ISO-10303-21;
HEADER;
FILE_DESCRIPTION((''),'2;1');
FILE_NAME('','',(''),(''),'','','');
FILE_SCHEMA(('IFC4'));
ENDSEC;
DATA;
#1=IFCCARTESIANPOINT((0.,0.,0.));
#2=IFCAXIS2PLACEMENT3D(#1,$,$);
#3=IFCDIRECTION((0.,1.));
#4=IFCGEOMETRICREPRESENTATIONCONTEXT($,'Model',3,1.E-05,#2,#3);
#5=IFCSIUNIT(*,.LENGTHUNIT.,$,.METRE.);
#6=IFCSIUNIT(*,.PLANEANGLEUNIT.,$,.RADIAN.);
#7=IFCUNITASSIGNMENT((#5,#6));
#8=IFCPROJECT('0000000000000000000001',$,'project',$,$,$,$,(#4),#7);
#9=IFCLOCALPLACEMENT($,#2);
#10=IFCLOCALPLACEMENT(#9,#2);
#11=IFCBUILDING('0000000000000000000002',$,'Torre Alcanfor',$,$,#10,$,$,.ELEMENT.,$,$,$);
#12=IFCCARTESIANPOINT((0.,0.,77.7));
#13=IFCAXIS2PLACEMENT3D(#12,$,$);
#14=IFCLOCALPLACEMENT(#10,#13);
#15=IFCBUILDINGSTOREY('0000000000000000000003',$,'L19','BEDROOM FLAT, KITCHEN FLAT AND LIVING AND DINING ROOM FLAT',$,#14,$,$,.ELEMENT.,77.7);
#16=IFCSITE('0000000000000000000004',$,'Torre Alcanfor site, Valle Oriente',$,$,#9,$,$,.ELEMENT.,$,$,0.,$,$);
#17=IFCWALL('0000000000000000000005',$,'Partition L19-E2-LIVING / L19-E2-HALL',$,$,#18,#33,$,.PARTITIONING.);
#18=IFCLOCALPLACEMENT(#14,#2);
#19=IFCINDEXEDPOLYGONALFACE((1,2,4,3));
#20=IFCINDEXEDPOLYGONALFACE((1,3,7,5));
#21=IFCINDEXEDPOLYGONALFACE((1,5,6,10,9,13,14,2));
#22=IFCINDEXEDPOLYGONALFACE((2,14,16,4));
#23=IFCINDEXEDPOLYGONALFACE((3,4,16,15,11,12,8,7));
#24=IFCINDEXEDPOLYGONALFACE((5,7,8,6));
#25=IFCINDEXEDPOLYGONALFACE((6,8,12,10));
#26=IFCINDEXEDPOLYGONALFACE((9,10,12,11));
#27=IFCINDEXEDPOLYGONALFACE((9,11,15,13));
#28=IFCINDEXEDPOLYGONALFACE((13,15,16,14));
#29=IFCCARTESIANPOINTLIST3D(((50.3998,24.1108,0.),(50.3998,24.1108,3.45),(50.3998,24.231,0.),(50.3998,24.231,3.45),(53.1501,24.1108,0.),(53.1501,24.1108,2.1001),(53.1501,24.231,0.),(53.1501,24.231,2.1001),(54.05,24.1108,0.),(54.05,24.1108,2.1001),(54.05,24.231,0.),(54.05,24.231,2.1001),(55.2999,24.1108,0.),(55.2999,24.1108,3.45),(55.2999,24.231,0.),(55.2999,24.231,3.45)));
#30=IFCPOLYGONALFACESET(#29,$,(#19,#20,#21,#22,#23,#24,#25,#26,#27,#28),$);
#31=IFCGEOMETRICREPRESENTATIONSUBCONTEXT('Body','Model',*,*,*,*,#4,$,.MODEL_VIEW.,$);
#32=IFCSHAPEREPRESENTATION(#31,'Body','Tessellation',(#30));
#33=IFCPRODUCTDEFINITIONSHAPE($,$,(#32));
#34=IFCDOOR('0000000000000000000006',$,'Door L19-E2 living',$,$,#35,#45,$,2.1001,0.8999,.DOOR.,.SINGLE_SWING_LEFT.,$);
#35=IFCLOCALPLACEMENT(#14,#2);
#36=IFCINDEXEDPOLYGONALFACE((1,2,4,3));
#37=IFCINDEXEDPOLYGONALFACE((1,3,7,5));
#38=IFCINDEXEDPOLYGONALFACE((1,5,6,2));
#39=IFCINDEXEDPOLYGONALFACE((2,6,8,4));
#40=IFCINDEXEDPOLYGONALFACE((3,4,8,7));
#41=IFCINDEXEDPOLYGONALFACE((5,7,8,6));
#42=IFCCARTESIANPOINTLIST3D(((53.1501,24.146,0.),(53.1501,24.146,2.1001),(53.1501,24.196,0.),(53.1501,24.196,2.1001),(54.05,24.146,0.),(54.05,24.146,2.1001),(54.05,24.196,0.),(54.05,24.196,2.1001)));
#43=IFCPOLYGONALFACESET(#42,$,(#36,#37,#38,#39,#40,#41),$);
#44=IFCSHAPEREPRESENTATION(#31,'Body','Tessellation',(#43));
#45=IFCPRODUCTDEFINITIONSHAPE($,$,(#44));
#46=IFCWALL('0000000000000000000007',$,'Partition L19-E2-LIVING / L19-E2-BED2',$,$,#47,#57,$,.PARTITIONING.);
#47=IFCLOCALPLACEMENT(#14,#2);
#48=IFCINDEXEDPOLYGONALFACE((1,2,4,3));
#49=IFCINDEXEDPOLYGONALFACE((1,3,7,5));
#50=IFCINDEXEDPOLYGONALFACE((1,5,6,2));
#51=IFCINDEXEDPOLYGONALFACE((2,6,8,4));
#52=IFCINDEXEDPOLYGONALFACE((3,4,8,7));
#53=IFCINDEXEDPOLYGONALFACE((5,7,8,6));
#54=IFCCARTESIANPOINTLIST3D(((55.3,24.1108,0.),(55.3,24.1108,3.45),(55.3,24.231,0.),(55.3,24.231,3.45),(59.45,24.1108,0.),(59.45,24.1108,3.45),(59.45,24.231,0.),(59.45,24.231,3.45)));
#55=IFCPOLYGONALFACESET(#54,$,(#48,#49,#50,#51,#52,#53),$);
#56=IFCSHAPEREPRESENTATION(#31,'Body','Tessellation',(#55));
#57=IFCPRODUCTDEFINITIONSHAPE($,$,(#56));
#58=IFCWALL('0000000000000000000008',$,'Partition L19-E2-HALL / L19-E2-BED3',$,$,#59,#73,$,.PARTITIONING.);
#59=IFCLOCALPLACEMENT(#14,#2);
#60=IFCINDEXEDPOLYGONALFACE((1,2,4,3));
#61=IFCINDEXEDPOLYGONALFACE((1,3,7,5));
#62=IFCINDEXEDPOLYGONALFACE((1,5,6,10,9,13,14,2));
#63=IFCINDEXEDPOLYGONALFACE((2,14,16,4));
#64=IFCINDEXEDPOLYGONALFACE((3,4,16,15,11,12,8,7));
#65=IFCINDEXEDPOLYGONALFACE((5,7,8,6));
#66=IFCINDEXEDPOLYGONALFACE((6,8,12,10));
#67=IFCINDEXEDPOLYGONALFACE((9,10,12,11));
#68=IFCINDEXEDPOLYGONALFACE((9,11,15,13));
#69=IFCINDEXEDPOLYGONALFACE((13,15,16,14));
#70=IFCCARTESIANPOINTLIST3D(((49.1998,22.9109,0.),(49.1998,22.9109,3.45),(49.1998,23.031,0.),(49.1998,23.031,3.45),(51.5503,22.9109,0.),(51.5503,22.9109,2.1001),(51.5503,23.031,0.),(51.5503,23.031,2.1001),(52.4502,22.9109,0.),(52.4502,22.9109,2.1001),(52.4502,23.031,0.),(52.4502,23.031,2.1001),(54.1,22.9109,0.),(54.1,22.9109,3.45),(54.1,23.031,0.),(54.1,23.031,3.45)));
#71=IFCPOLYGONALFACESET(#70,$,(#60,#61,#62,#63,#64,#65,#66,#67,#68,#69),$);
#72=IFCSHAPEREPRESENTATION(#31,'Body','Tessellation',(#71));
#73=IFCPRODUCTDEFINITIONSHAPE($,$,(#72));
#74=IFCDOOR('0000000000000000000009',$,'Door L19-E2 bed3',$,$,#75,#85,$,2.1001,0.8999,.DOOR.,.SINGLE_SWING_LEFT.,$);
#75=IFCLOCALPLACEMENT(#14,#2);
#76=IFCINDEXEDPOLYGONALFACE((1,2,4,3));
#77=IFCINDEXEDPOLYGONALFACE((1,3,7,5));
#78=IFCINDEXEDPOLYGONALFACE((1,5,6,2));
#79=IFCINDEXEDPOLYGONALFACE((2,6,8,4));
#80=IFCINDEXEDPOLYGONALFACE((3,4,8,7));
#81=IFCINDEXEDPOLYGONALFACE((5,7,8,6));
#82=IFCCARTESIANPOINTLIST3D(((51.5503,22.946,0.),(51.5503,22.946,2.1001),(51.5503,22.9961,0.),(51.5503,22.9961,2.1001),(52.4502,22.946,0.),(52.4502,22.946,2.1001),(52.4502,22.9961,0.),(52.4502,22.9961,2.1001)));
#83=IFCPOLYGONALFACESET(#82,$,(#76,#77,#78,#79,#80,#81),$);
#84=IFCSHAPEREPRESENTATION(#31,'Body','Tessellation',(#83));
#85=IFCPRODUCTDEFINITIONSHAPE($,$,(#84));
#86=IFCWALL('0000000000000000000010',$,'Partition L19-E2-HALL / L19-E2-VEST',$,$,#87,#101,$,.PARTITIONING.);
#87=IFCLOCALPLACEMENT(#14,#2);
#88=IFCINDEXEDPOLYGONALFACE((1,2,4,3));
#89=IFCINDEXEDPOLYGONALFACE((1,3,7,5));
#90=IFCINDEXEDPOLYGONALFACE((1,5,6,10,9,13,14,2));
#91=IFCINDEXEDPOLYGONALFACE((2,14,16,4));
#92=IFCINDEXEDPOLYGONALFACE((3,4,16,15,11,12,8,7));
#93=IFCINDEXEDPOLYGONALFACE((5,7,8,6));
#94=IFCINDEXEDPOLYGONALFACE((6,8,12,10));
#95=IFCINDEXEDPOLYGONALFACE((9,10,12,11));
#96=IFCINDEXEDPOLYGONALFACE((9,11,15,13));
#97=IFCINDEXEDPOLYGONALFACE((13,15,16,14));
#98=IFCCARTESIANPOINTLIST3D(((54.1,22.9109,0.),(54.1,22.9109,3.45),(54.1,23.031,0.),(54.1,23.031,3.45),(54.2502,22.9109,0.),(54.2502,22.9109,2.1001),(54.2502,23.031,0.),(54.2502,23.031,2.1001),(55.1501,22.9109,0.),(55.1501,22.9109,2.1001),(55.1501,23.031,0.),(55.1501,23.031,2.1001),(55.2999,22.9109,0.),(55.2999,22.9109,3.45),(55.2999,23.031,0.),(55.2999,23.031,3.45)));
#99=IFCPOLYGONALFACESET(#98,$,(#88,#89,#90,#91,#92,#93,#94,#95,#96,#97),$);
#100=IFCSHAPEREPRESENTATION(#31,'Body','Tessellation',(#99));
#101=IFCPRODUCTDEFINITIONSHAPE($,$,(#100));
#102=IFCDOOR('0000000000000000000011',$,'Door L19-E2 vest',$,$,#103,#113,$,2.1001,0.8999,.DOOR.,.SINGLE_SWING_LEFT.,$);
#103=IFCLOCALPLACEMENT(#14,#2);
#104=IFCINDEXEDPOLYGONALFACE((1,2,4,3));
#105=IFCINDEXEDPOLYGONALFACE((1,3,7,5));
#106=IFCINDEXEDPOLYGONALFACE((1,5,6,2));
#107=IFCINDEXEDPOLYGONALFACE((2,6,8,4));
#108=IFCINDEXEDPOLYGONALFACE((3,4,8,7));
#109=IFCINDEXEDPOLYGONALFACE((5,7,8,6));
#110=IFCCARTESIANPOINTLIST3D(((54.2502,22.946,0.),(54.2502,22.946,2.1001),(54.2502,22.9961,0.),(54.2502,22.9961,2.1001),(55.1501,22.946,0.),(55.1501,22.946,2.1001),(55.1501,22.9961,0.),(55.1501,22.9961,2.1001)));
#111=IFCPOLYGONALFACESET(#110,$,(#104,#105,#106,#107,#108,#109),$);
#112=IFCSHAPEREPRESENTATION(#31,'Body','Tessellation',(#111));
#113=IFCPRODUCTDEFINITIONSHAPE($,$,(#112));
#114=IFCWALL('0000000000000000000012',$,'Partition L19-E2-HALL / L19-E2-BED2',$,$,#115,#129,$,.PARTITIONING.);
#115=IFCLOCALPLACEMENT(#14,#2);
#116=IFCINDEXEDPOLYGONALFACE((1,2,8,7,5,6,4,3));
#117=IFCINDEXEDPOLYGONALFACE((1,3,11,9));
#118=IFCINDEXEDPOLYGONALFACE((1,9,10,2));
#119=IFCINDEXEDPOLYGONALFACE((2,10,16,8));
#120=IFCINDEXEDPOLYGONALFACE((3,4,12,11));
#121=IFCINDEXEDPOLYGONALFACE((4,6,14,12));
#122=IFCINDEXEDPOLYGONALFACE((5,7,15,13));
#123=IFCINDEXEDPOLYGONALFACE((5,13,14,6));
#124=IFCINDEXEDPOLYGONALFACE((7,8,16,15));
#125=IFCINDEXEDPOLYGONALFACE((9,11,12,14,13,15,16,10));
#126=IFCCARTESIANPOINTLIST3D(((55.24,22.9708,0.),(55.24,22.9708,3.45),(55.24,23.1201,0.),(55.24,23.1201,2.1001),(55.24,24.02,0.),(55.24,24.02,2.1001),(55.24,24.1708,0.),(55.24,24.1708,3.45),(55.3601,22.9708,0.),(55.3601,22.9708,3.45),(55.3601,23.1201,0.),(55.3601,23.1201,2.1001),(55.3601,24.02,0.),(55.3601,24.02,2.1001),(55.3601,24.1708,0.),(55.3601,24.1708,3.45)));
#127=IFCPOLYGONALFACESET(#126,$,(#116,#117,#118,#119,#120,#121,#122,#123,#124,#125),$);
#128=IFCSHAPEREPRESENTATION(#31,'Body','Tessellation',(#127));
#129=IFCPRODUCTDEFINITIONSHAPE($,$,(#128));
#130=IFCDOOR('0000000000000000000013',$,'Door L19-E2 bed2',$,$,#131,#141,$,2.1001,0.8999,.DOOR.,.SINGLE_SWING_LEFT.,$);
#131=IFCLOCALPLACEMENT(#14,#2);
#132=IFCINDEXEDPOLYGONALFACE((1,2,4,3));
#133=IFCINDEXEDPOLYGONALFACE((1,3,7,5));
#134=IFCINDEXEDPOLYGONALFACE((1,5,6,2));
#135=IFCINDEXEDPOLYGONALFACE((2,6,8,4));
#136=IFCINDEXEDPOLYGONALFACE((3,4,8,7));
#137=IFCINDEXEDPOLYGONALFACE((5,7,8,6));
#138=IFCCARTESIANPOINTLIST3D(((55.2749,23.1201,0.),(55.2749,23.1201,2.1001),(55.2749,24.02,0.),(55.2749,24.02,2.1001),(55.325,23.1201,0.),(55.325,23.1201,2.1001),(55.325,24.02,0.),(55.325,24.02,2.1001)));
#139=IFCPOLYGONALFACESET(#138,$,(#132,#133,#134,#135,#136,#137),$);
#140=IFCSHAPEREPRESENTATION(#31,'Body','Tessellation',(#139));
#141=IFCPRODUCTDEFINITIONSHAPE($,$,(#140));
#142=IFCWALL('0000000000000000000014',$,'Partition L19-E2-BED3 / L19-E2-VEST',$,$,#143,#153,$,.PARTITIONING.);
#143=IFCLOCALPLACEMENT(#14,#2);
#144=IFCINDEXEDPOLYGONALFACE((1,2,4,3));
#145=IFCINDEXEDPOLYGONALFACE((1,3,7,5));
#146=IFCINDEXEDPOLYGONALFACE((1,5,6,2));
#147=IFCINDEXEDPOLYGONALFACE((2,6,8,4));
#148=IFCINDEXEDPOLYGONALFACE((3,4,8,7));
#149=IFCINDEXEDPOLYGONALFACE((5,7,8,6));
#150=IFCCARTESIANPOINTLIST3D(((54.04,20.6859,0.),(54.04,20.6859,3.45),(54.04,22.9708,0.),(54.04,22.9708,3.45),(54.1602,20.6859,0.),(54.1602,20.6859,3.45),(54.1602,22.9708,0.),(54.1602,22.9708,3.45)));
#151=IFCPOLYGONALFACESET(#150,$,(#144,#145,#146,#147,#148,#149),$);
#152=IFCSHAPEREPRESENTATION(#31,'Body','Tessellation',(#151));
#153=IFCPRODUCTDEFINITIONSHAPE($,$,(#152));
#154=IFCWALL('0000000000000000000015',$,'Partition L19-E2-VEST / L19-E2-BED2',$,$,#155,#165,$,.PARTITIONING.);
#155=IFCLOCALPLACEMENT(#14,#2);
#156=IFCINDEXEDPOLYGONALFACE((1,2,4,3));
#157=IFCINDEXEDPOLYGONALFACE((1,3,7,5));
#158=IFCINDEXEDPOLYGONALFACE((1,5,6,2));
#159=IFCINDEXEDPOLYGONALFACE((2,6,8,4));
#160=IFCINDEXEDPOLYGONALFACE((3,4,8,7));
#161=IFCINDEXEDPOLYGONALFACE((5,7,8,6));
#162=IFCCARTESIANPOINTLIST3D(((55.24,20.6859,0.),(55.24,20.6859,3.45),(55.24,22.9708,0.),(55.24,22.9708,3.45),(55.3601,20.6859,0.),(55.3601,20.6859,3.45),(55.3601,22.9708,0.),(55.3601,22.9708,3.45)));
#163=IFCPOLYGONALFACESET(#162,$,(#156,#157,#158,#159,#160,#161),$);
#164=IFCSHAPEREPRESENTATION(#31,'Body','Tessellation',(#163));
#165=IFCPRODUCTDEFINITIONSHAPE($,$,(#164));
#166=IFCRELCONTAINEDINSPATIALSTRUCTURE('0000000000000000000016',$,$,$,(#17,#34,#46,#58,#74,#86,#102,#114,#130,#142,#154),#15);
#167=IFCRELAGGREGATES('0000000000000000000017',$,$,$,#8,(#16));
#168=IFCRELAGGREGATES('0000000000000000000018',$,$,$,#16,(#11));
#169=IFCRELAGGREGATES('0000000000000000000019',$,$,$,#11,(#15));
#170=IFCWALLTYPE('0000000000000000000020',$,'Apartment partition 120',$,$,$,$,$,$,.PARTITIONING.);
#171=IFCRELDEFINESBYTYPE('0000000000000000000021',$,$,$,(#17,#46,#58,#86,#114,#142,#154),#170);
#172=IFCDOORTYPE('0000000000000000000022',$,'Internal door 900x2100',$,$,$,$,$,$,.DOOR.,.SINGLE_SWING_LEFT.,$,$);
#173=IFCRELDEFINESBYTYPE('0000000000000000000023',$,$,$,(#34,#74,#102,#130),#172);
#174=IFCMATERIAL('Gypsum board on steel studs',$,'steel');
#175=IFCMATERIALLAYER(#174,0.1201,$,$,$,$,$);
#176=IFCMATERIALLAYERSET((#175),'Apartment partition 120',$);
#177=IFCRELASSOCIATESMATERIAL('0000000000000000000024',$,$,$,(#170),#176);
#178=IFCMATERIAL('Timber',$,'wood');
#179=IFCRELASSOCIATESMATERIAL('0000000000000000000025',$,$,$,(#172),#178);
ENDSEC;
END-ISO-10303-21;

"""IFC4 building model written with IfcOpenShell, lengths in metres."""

from ifc_helpers import new_model, si_unit, direction, frame, frame_2d, origin, place, context, subcontext, project, spatial, rectangle, extrude, material, layer, layer_set, type_object, element, fill, save


model = new_model("IFC4")

# Units and contexts
model_context = context("Model", 3, precision=1e-05, world=origin(), true_north=direction((0.0, 1.0)))
body_context = subcontext(model_context, "Body", "Model", "MODEL_VIEW")
ifc_project = project(units=[si_unit("LENGTHUNIT", "METRE"), si_unit("PLANEANGLEUNIT", "RADIAN")], contexts=[model_context])

# Site, building, storey
site_placement = place(None, origin())
site = spatial("IfcSite", under=ifc_project, at=site_placement, Name="Torre Alcanfor site, Valle Oriente", CompositionType="ELEMENT", RefElevation=0.0)
building_placement = place(site_placement, origin())
building = spatial("IfcBuilding", under=site, at=building_placement, Name="Torre Alcanfor", CompositionType="ELEMENT")
storey_placement = place(building_placement, frame((0.0, 0.0, 77.7)))
storey = spatial("IfcBuildingStorey", under=building, at=storey_placement, Name="L19", Description="BEDROOM FLAT, KITCHEN FLAT AND LIVING AND DINING ROOM FLAT", CompositionType="ELEMENT", Elevation=77.7)

# Wall, opening, door
ifc_material_1 = material(Name="Gypsum board on steel studs", Category="steel")
ifc_layer_1 = layer(ifc_material_1, 0.1201)
ifc_layer_set_1 = layer_set([ifc_layer_1], Name="Apartment partition 120")
wall_type = type_object("IfcWallType", Name="Apartment partition 120", PredefinedType="PARTITIONING", material=ifc_layer_set_1)
wall_1_placement = place(storey_placement, frame((55.3, 24.1709, 0.0), z_axis=(0.0, 0.0, 1.0), x_axis=(-1.0, 0.0, 0.0)))
wall_1 = element("IfcWall", 1, at=wall_1_placement, inside=storey, type_object=wall_type, Name="Partition L19-E2-LIVING / L19-E2-HALL", PredefinedType="PARTITIONING", context=body_context, shape_type="SweptSolid", body=[
    extrude(rectangle(XDim=4.9001, YDim=0.1201, at=frame_2d((2.4502, 0.0))), origin(), (0.0, 0.0, 1.0), 3.45),
])
opening_1_placement = place(wall_1_placement, frame((1.25, 0.0, 0.0)))
opening_1 = element("IfcOpeningElement", 2, at=opening_1_placement, cuts=wall_1, PredefinedType="OPENING", context=body_context, shape_type="SweptSolid", body=[
    extrude(rectangle(XDim=0.8999, YDim=2.1001, at=frame_2d((0.45, 1.05))), frame((0.0, 0.0701, 0.0), z_axis=(0.0, -1.0, 0.0), x_axis=(1.0, 0.0, 0.0)), (0.0, 0.0, 1.0), 0.1401),
])
ifc_material_2 = material(Name="Timber", Category="wood")
door_type = type_object("IfcDoorType", Name="Internal door 900x2100", OperationType="SINGLE_SWING_LEFT", PredefinedType="DOOR", material=ifc_material_2)
door_1_placement = place(opening_1_placement, frame((0.8999, 0.0, 0.0), z_axis=(0.0, 0.0, 1.0), x_axis=(-1.0, 0.0, 0.0)))
door_1 = element("IfcDoor", 3, at=door_1_placement, inside=storey, type_object=door_type, Name="Door L19-E2 living", OperationType="SINGLE_SWING_LEFT", OverallHeight=2.1001, OverallWidth=0.8999, PredefinedType="DOOR", context=body_context, shape_type="SweptSolid", body=[
    extrude(rectangle(XDim=0.8999, YDim=2.1001, at=frame_2d((0.45, 1.05))), frame((0.0, 0.0251, 0.0), z_axis=(0.0, -1.0, 0.0), x_axis=(1.0, 0.0, 0.0)), (0.0, 0.0, 1.0), 0.05),
])
fill(opening_1, door_1)

# Wall
wall_2_placement = place(storey_placement, frame((59.45, 24.1709, 0.0), z_axis=(0.0, 0.0, 1.0), x_axis=(-1.0, 0.0, 0.0)))
element("IfcWall", 4, at=wall_2_placement, inside=storey, type_object=wall_type, Name="Partition L19-E2-LIVING / L19-E2-BED2", PredefinedType="PARTITIONING", context=body_context, shape_type="SweptSolid", body=[
    extrude(rectangle(XDim=4.1499, YDim=0.1201, at=frame_2d((2.075, 0.0))), origin(), (0.0, 0.0, 1.0), 3.45),
])

# Walls, openings, doors
wall_3_placement = place(storey_placement, frame((54.1001, 22.9709, 0.0), z_axis=(0.0, 0.0, 1.0), x_axis=(-1.0, 0.0, 0.0)))
wall_3 = element("IfcWall", 5, at=wall_3_placement, inside=storey, type_object=wall_type, Name="Partition L19-E2-HALL / L19-E2-BED3", PredefinedType="PARTITIONING", context=body_context, shape_type="SweptSolid", body=[
    extrude(rectangle(XDim=4.9001, YDim=0.1201, at=frame_2d((2.4502, 0.0))), origin(), (0.0, 0.0, 1.0), 3.45),
])
opening_2_placement = place(wall_3_placement, frame((1.6499, 0.0, 0.0)))
opening_2 = element("IfcOpeningElement", 6, at=opening_2_placement, cuts=wall_3, PredefinedType="OPENING", context=body_context, shape_type="SweptSolid", body=[
    extrude(rectangle(XDim=0.8999, YDim=2.1001, at=frame_2d((0.45, 1.05))), frame((0.0, 0.0701, 0.0), z_axis=(0.0, -1.0, 0.0), x_axis=(1.0, 0.0, 0.0)), (0.0, 0.0, 1.0), 0.1401),
])
door_2_placement = place(opening_2_placement, origin())
door_2 = element("IfcDoor", 7, at=door_2_placement, inside=storey, type_object=door_type, Name="Door L19-E2 bed3", OperationType="SINGLE_SWING_LEFT", OverallHeight=2.1001, OverallWidth=0.8999, PredefinedType="DOOR", context=body_context, shape_type="SweptSolid", body=[
    extrude(rectangle(XDim=0.8999, YDim=2.1001, at=frame_2d((0.45, 1.05))), frame((0.0, 0.0249, 0.0), z_axis=(0.0, -1.0, 0.0), x_axis=(1.0, 0.0, 0.0)), (0.0, 0.0, 1.0), 0.05),
])
fill(opening_2, door_2)
wall_4_placement = place(storey_placement, frame((55.3, 22.9709, 0.0), z_axis=(0.0, 0.0, 1.0), x_axis=(-1.0, 0.0, 0.0)))
wall_4 = element("IfcWall", 8, at=wall_4_placement, inside=storey, type_object=wall_type, Name="Partition L19-E2-HALL / L19-E2-VEST", PredefinedType="PARTITIONING", context=body_context, shape_type="SweptSolid", body=[
    extrude(rectangle(XDim=1.2, YDim=0.1201, at=frame_2d((0.6001, 0.0))), origin(), (0.0, 0.0, 1.0), 3.45),
])
opening_3_placement = place(wall_4_placement, frame((0.1499, 0.0, 0.0)))
opening_3 = element("IfcOpeningElement", 9, at=opening_3_placement, cuts=wall_4, PredefinedType="OPENING", context=body_context, shape_type="SweptSolid", body=[
    extrude(rectangle(XDim=0.8999, YDim=2.1001, at=frame_2d((0.45, 1.05))), frame((0.0, 0.0701, 0.0), z_axis=(0.0, -1.0, 0.0), x_axis=(1.0, 0.0, 0.0)), (0.0, 0.0, 1.0), 0.1401),
])
door_3_placement = place(opening_3_placement, origin())
door_3 = element("IfcDoor", 10, at=door_3_placement, inside=storey, type_object=door_type, Name="Door L19-E2 vest", OperationType="SINGLE_SWING_LEFT", OverallHeight=2.1001, OverallWidth=0.8999, PredefinedType="DOOR", context=body_context, shape_type="SweptSolid", body=[
    extrude(rectangle(XDim=0.8999, YDim=2.1001, at=frame_2d((0.45, 1.05))), frame((0.0, 0.0249, 0.0), z_axis=(0.0, -1.0, 0.0), x_axis=(1.0, 0.0, 0.0)), (0.0, 0.0, 1.0), 0.05),
])
fill(opening_3, door_3)
wall_5_placement = place(storey_placement, frame((55.3, 24.1709, 0.0), z_axis=(0.0, 0.0, 1.0), x_axis=(0.0, -1.0, 0.0)))
wall_5 = element("IfcWall", 11, at=wall_5_placement, inside=storey, type_object=wall_type, Name="Partition L19-E2-HALL / L19-E2-BED2", PredefinedType="PARTITIONING", context=body_context, shape_type="SweptSolid", body=[
    extrude(rectangle(XDim=1.2, YDim=0.1201, at=frame_2d((0.6001, 0.0))), origin(), (0.0, 0.0, 1.0), 3.45),
])
opening_4_placement = place(wall_5_placement, frame((0.1509, 0.0, 0.0)))
opening_4 = element("IfcOpeningElement", 12, at=opening_4_placement, cuts=wall_5, PredefinedType="OPENING", context=body_context, shape_type="SweptSolid", body=[
    extrude(rectangle(XDim=0.8999, YDim=2.1001, at=frame_2d((0.45, 1.05))), frame((0.0, 0.0701, 0.0), z_axis=(0.0, -1.0, 0.0), x_axis=(1.0, 0.0, 0.0)), (0.0, 0.0, 1.0), 0.1401),
])
door_4_placement = place(opening_4_placement, origin())
door_4 = element("IfcDoor", 13, at=door_4_placement, inside=storey, type_object=door_type, Name="Door L19-E2 bed2", OperationType="SINGLE_SWING_LEFT", OverallHeight=2.1001, OverallWidth=0.8999, PredefinedType="DOOR", context=body_context, shape_type="SweptSolid", body=[
    extrude(rectangle(XDim=0.8999, YDim=2.1001, at=frame_2d((0.45, 1.05))), frame((0.0, 0.0249, 0.0), z_axis=(0.0, -1.0, 0.0), x_axis=(1.0, 0.0, 0.0)), (0.0, 0.0, 1.0), 0.05),
])
fill(opening_4, door_4)

# Walls
for number, where, z_axis, x_axis, name in (
    (14, (54.1001, 22.9709, 0.0), (0.0, 0.0, 1.0), (0.0, -1.0, 0.0), "Partition L19-E2-BED3 / L19-E2-VEST"),
    (15, (55.3, 22.9709, 0.0), (0.0, 0.0, 1.0), (0.0, -1.0, 0.0), "Partition L19-E2-VEST / L19-E2-BED2"),
):
    element("IfcWall", number, at=place(storey_placement, frame(where, z_axis=z_axis, x_axis=x_axis)), inside=storey, type_object=wall_type, Name=name, PredefinedType="PARTITIONING", context=body_context, shape_type="SweptSolid", body=[
        extrude(rectangle(XDim=2.2849, YDim=0.1201, at=frame_2d((1.1426, 0.0))), origin(), (0.0, 0.0, 1.0), 3.45),
    ])

save(model, "model.ifc")
